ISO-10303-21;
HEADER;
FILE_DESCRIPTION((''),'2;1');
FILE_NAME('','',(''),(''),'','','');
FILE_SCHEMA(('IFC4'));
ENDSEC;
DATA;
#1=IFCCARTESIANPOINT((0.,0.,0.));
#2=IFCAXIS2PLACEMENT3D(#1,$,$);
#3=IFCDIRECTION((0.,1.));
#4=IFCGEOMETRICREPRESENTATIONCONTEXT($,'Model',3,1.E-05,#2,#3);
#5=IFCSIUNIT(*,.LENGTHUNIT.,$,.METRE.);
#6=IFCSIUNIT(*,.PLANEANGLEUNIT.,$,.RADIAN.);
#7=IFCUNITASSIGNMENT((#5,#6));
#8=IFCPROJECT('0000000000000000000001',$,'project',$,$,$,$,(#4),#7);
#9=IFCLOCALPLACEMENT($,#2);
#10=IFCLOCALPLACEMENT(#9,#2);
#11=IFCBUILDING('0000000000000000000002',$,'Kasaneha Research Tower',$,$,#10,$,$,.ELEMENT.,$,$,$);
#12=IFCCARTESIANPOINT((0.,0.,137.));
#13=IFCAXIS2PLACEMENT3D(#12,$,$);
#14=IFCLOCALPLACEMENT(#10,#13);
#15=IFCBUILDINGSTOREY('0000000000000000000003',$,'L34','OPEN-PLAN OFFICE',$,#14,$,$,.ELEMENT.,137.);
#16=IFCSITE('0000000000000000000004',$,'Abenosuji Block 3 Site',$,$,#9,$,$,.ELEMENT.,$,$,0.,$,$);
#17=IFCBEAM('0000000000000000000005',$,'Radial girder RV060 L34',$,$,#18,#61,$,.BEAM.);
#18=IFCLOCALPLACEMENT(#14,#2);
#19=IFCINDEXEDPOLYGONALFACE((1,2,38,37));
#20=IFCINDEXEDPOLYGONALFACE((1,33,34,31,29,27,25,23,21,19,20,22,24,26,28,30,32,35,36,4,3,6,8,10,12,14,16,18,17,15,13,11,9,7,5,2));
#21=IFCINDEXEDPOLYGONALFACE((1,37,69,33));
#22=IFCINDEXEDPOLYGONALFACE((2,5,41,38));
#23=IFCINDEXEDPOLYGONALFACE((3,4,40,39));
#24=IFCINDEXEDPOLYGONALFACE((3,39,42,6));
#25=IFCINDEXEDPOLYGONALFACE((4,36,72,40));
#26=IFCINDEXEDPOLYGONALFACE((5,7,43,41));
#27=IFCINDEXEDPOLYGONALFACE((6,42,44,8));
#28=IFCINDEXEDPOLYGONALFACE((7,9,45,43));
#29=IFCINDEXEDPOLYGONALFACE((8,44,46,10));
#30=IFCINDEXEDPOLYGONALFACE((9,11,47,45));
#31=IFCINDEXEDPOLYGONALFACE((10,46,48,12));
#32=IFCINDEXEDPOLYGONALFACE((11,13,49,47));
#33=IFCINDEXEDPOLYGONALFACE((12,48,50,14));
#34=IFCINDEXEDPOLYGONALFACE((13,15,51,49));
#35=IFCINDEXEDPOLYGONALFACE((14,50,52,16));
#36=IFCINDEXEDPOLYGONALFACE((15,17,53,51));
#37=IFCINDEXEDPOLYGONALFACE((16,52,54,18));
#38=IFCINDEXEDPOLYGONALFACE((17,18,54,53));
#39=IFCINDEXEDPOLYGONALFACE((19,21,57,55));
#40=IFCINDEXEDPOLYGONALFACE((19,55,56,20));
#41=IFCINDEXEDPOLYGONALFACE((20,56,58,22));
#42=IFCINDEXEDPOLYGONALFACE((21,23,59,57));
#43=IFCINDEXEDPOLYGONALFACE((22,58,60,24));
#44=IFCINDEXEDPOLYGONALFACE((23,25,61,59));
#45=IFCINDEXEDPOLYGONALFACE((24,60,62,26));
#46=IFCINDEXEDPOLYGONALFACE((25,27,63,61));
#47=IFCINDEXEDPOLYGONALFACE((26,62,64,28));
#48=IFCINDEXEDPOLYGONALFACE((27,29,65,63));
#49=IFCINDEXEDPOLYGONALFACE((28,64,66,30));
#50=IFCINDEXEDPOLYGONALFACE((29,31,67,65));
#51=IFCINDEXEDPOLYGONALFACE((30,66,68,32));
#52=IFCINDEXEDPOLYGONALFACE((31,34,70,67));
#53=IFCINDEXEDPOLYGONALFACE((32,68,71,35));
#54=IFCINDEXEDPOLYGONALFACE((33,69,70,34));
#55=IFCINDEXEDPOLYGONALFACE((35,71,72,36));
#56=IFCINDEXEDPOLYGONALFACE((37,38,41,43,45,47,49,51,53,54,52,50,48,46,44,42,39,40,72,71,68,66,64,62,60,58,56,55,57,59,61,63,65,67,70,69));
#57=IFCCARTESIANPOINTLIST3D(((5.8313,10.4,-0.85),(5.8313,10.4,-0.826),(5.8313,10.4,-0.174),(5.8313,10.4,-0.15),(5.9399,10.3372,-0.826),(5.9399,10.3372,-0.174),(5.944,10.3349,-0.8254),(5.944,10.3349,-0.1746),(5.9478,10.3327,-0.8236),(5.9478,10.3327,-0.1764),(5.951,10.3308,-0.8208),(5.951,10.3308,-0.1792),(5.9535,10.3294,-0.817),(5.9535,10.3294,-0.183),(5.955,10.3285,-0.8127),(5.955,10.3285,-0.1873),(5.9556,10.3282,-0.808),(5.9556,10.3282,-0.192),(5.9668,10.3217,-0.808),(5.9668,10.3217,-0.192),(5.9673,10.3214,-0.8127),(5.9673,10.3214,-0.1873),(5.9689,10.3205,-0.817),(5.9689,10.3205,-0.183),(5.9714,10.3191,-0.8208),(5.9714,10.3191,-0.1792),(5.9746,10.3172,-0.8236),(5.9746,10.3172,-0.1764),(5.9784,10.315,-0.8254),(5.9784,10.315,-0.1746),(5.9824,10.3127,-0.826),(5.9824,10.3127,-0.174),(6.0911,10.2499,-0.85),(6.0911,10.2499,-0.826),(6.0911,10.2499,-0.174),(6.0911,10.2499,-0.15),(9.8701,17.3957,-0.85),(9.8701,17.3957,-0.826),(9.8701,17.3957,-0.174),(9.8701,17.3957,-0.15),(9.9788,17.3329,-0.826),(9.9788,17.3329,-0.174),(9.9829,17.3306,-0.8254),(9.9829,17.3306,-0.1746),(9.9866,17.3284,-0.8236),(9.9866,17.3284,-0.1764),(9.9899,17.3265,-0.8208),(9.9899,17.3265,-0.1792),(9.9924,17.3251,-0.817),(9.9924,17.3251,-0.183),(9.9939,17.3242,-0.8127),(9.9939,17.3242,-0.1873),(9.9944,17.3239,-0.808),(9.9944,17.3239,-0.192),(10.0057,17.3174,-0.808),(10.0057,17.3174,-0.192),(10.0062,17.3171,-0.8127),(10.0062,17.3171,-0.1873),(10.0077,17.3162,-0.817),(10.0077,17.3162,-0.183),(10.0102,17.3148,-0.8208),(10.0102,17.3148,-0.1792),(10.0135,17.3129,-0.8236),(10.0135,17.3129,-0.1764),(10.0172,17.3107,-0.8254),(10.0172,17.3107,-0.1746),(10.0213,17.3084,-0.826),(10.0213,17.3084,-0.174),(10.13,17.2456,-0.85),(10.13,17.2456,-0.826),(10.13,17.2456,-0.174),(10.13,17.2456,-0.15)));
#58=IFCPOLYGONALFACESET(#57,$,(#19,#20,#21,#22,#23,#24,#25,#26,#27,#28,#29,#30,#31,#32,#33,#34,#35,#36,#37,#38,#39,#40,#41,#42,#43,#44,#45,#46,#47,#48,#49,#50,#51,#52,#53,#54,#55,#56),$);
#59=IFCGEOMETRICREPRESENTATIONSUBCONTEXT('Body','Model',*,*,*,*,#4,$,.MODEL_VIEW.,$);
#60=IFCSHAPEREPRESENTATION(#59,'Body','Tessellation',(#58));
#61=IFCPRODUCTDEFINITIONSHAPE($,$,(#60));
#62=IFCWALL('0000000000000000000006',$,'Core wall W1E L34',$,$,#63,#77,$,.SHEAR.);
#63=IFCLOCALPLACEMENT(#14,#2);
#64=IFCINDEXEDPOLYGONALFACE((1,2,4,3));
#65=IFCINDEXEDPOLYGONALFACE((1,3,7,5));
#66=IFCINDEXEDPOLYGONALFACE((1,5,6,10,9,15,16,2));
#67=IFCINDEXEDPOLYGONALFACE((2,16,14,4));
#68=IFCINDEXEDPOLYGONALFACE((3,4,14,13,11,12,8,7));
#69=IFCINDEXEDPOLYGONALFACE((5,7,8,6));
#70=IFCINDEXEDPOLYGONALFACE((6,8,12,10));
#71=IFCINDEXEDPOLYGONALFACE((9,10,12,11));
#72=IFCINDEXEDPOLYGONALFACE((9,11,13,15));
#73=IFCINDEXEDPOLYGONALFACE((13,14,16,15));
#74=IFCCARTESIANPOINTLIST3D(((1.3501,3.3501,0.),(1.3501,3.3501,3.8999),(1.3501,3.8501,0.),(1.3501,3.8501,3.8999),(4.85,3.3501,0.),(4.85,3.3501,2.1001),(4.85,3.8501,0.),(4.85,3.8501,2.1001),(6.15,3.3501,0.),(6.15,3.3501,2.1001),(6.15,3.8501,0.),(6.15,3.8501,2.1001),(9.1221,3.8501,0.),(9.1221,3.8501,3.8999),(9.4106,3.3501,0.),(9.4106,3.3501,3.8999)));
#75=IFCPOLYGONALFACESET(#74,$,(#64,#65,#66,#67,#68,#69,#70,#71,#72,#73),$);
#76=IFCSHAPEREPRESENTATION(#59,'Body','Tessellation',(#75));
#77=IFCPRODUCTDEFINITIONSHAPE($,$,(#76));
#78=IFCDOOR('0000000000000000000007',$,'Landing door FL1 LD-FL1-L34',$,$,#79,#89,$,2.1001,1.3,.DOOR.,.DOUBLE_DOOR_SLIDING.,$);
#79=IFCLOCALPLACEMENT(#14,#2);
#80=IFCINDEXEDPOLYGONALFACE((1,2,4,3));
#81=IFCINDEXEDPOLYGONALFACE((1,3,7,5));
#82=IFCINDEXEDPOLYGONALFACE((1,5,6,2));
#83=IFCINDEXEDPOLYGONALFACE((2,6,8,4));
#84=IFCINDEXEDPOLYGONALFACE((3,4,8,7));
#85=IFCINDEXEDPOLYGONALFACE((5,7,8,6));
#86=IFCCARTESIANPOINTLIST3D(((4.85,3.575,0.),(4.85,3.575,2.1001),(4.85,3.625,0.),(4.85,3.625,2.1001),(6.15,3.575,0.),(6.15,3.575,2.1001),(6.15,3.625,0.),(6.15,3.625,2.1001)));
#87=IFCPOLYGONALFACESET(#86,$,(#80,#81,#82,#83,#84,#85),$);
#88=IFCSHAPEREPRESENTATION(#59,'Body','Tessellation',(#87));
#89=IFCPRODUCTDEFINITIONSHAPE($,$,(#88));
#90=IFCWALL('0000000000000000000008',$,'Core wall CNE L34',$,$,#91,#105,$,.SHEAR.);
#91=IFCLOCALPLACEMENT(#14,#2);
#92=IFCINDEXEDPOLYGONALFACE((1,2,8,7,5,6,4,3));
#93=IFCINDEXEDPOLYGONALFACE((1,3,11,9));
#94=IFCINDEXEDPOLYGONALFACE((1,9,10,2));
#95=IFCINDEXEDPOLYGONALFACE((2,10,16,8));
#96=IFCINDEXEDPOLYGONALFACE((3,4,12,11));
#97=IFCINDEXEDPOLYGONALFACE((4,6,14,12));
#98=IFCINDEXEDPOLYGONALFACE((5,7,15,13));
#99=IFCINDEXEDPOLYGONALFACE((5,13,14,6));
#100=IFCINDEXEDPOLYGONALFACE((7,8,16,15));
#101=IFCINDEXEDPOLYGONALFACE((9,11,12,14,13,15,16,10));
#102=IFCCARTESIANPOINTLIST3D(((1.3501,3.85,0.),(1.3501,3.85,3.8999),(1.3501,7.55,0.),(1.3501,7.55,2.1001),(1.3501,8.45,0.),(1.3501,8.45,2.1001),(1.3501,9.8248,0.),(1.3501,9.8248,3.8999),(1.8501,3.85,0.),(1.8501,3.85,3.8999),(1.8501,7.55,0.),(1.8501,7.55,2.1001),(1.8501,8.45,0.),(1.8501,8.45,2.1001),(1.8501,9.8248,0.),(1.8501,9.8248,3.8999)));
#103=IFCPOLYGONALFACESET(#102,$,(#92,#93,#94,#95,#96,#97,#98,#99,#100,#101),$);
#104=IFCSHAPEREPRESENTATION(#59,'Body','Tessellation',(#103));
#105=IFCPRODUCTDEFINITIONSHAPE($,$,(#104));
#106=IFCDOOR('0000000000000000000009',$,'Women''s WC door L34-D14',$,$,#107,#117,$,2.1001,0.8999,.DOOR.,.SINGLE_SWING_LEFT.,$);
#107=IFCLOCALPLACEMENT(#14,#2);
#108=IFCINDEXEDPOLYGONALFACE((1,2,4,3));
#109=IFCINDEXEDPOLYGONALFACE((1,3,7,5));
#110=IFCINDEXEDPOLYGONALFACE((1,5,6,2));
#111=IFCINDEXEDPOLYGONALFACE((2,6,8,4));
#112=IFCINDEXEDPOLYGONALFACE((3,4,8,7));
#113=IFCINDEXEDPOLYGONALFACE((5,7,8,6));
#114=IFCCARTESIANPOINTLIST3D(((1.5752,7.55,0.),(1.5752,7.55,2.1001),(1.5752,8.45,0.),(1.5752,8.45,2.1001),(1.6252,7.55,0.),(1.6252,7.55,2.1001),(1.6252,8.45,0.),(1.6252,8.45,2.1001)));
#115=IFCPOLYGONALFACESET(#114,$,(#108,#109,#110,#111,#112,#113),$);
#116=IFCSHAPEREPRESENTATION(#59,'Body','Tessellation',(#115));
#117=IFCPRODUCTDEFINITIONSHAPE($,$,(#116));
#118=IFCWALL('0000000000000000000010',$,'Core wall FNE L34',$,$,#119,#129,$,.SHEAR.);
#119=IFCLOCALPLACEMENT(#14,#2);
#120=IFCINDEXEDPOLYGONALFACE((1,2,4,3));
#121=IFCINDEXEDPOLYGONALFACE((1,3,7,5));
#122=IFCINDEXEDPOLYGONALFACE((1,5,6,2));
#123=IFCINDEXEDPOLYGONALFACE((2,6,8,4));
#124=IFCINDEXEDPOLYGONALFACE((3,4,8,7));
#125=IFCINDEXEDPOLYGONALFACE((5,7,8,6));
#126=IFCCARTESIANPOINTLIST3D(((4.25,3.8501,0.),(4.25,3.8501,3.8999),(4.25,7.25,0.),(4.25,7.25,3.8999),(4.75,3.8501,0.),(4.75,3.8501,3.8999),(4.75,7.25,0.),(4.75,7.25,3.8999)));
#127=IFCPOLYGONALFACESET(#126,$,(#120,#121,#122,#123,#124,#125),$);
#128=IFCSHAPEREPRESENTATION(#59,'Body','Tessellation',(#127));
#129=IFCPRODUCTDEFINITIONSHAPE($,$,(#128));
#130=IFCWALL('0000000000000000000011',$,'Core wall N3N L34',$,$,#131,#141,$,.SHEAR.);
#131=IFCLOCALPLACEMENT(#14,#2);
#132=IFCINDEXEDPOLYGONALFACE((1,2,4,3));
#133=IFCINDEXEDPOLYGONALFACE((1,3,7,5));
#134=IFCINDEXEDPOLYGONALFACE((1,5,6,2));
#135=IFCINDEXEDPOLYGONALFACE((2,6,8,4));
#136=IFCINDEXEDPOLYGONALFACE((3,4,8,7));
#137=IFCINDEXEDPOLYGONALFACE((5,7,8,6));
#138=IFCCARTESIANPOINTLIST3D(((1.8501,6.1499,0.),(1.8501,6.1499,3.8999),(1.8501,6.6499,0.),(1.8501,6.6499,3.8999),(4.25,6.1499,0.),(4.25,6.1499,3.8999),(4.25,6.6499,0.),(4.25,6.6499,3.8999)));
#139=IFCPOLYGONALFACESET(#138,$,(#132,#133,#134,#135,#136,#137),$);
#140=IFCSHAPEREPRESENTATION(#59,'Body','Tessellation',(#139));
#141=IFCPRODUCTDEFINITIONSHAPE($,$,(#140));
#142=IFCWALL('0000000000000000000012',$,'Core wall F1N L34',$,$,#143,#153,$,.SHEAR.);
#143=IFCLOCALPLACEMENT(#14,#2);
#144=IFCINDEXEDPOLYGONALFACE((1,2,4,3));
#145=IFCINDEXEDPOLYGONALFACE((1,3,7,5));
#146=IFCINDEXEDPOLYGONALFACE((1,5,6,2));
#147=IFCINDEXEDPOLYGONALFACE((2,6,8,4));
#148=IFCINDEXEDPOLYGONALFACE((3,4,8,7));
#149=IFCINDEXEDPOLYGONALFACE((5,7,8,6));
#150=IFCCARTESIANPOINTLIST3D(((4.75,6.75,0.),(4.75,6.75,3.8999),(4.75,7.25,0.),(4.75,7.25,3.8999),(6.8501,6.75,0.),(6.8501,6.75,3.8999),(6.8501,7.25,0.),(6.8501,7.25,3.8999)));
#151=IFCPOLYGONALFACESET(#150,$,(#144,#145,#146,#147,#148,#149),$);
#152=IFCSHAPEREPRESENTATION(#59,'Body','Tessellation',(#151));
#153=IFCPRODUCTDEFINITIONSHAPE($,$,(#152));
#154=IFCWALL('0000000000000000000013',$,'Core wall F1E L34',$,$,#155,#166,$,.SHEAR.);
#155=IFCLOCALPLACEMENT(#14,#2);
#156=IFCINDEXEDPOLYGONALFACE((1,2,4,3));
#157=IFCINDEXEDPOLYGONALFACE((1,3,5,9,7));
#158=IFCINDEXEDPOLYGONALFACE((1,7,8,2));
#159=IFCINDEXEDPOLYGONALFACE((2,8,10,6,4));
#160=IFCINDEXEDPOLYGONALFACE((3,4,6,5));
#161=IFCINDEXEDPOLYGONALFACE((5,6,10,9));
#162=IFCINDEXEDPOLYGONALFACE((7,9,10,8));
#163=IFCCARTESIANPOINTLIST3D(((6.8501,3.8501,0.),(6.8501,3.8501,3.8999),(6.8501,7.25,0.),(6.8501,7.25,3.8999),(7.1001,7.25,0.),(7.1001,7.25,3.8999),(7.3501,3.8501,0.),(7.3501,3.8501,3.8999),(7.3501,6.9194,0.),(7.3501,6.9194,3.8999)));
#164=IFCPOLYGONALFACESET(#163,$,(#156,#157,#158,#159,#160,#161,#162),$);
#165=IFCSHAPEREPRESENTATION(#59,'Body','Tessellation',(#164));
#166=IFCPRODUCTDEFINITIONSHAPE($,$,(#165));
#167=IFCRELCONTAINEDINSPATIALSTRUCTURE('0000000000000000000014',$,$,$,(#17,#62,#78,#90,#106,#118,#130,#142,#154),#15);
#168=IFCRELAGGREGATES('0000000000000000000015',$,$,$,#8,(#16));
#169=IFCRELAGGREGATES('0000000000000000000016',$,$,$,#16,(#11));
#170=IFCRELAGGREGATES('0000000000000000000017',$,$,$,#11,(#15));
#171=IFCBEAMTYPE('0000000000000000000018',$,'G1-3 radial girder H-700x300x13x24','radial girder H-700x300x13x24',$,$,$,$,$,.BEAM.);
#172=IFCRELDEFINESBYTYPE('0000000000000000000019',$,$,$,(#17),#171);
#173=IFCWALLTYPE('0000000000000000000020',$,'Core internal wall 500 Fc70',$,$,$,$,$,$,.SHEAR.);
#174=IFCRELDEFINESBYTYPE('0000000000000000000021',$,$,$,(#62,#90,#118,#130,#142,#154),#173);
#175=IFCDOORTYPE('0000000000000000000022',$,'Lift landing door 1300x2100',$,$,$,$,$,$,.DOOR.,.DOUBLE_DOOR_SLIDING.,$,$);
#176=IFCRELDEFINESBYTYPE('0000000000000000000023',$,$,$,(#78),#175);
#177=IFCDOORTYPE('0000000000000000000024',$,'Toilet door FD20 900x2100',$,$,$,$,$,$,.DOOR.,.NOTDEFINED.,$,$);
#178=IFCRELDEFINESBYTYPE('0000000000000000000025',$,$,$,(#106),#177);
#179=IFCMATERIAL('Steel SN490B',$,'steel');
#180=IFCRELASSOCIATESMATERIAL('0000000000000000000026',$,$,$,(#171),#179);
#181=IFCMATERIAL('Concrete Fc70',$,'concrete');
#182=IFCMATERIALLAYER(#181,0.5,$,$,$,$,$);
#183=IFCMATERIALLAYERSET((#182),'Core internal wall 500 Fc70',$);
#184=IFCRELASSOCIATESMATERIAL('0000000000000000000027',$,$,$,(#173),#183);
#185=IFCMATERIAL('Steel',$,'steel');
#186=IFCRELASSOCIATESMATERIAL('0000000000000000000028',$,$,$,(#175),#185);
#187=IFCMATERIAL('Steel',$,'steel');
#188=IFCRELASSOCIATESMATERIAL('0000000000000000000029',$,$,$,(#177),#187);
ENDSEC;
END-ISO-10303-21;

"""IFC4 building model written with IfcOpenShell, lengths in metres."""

from ifc_helpers import new_model, si_unit, direction, frame, frame_2d, origin, origin_2d, place, context, subcontext, project, spatial, polyline, rectangle, i_section, outline, extrude, material, layer, layer_set, material_profile, profile_set, type_object, element, fill, save


model = new_model("IFC4")

# Units and contexts
model_context = context("Model", 3, precision=1e-05, world=origin(), true_north=direction((0.0, 1.0)))
body_context = subcontext(model_context, "Body", "Model", "MODEL_VIEW")
ifc_project = project(units=[si_unit("LENGTHUNIT", "METRE"), si_unit("PLANEANGLEUNIT", "RADIAN")], contexts=[model_context])

# Site, building, storey
site_placement = place(None, origin())
site = spatial("IfcSite", under=ifc_project, at=site_placement, Name="Abenosuji Block 3 Site", CompositionType="ELEMENT", RefElevation=0.0)
building_placement = place(site_placement, origin())
building = spatial("IfcBuilding", under=site, at=building_placement, Name="Kasaneha Research Tower", CompositionType="ELEMENT")
storey_placement = place(building_placement, frame((0.0, 0.0, 137.0)))
storey = spatial("IfcBuildingStorey", under=building, at=storey_placement, Name="L34", Description="OPEN-PLAN OFFICE", CompositionType="ELEMENT", Elevation=137.0)

# Beam
ifc_material_1 = material(Name="Steel SN490B", Category="steel")
ifc_material_profile = material_profile(ifc_material_1, i_section(OverallWidth=0.3, OverallDepth=0.7, WebThickness=0.0129, FlangeThickness=0.0239, FilletRadius=0.0181, at=origin_2d()), Name="H-700x300x13x24")
ifc_profile_set = profile_set([ifc_material_profile], Name="Steel SN490B")
beam_type = type_object("IfcBeamType", Name="G1-3 radial girder H-700x300x13x24", Description="radial girder H-700x300x13x24", PredefinedType="BEAM", material=ifc_profile_set)
beam_placement = place(storey_placement, frame((5.9612, 10.325, -0.5), z_axis=(0.499991, 0.866031, 0.0), x_axis=(-0.866031, 0.499991, 0.0)))
element("IfcBeam", 1, at=beam_placement, inside=storey, type_object=beam_type, Name="Radial girder RV060 L34", PredefinedType="BEAM", context=body_context, shape_type="SweptSolid", body=[
    extrude(i_section(OverallWidth=0.3, OverallDepth=0.7, WebThickness=0.0129, FlangeThickness=0.0239, FilletRadius=0.0181, at=origin_2d()), origin(), (0.0, 0.0, 1.0), 8.0779),
])

# Walls, openings, doors
ifc_material_2 = material(Name="Concrete Fc70", Category="concrete")
ifc_layer_1 = layer(ifc_material_2, 0.5)
ifc_layer_set_1 = layer_set([ifc_layer_1], Name="Core internal wall 500 Fc70")
wall_type_1 = type_object("IfcWallType", Name="Core internal wall 500 Fc70", PredefinedType="SHEAR", material=ifc_layer_set_1)
wall_1_placement = place(storey_placement, frame((1.3501, 3.6001, 0.0), z_axis=(0.0, 0.0, 1.0), x_axis=(1.0, 0.0, 0.0)))
wall_1 = element("IfcWall", 2, at=wall_1_placement, inside=storey, type_object=wall_type_1, Name="Core wall W1E L34", PredefinedType="SHEAR", context=body_context, shape_type="SweptSolid", body=[
    extrude(outline(polyline([(0.0, -0.25), (3.5, -0.25), (4.8, -0.25), (8.0605, -0.25), (7.772, 0.25), (4.8, 0.25), (3.5, 0.25), (0.0, 0.25), (0.0, -0.25)])), origin(), (0.0, 0.0, 1.0), 3.8999),
])
opening_1_placement = place(wall_1_placement, frame((3.5, 0.0, 0.0)))
opening_1 = element("IfcOpeningElement", 3, at=opening_1_placement, cuts=wall_1, PredefinedType="OPENING", context=body_context, shape_type="SweptSolid", body=[
    extrude(rectangle(XDim=1.3, YDim=2.1001, at=frame_2d((0.6499, 1.05))), frame((0.0, 0.26, 0.0), z_axis=(0.0, -1.0, 0.0), x_axis=(1.0, 0.0, 0.0)), (0.0, 0.0, 1.0), 0.52),
])
ifc_material_3 = material(Name="Steel", Category="steel")
door_type_1 = type_object("IfcDoorType", Name="Lift landing door 1300x2100", OperationType="DOUBLE_DOOR_SLIDING", PredefinedType="DOOR", material=ifc_material_3)
door_1_placement = place(opening_1_placement, origin())
door_1 = element("IfcDoor", 4, at=door_1_placement, inside=storey, type_object=door_type_1, Name="Landing door FL1 LD-FL1-L34", OperationType="DOUBLE_DOOR_SLIDING", OverallHeight=2.1001, OverallWidth=1.3, PredefinedType="DOOR", context=body_context, shape_type="SweptSolid", body=[
    extrude(rectangle(XDim=1.3, YDim=2.1001, at=frame_2d((0.6499, 1.05))), frame((0.0, 0.0249, 0.0), z_axis=(0.0, -1.0, 0.0), x_axis=(1.0, 0.0, 0.0)), (0.0, 0.0, 1.0), 0.05),
])
fill(opening_1, door_1)
wall_2_placement = place(storey_placement, frame((1.6001, 3.8501, 0.0), z_axis=(0.0, 0.0, 1.0), x_axis=(0.0, 1.0, 0.0)))
wall_2 = element("IfcWall", 5, at=wall_2_placement, inside=storey, type_object=wall_type_1, Name="Core wall CNE L34", PredefinedType="SHEAR", context=body_context, shape_type="SweptSolid", body=[
    extrude(rectangle(XDim=5.9749, YDim=0.5, at=frame_2d((2.9873, 0.0))), origin(), (0.0, 0.0, 1.0), 3.8999),
])
opening_2_placement = place(wall_2_placement, frame((3.7, 0.0, 0.0)))
opening_2 = element("IfcOpeningElement", 6, at=opening_2_placement, cuts=wall_2, PredefinedType="OPENING", context=body_context, shape_type="SweptSolid", body=[
    extrude(rectangle(XDim=0.8999, YDim=2.1001, at=frame_2d((0.45, 1.05))), frame((0.0, 0.26, 0.0), z_axis=(0.0, -1.0, 0.0), x_axis=(1.0, 0.0, 0.0)), (0.0, 0.0, 1.0), 0.52),
])
ifc_material_4 = material(Name="Steel", Category="steel")
door_type_2 = type_object("IfcDoorType", Name="Toilet door FD20 900x2100", OperationType="NOTDEFINED", PredefinedType="DOOR", material=ifc_material_4)
door_2_placement = place(opening_2_placement, origin())
door_2 = element("IfcDoor", 7, at=door_2_placement, inside=storey, type_object=door_type_2, Name="Women's WC door L34-D14", OperationType="SINGLE_SWING_LEFT", OverallHeight=2.1001, OverallWidth=0.8999, PredefinedType="DOOR", context=body_context, shape_type="SweptSolid", body=[
    extrude(rectangle(XDim=0.8999, YDim=2.1001, at=frame_2d((0.45, 1.05))), frame((0.0, 0.0249, 0.0), z_axis=(0.0, -1.0, 0.0), x_axis=(1.0, 0.0, 0.0)), (0.0, 0.0, 1.0), 0.05),
])
fill(opening_2, door_2)

# Walls
wall_3_placement = place(storey_placement, frame((4.5, 3.8501, 0.0), z_axis=(0.0, 0.0, 1.0), x_axis=(0.0, 1.0, 0.0)))
element("IfcWall", 8, at=wall_3_placement, inside=storey, type_object=wall_type_1, Name="Core wall FNE L34", PredefinedType="SHEAR", context=body_context, shape_type="SweptSolid", body=[
    extrude(rectangle(XDim=3.3999, YDim=0.5, at=frame_2d((1.7, 0.0))), origin(), (0.0, 0.0, 1.0), 3.8999),
])
wall_4_placement = place(storey_placement, frame((1.8501, 6.3999, 0.0), z_axis=(0.0, 0.0, 1.0), x_axis=(1.0, 0.0, 0.0)))
element("IfcWall", 9, at=wall_4_placement, inside=storey, type_object=wall_type_1, Name="Core wall N3N L34", PredefinedType="SHEAR", context=body_context, shape_type="SweptSolid", body=[
    extrude(rectangle(XDim=2.3999, YDim=0.5, at=frame_2d((1.2, 0.0))), origin(), (0.0, 0.0, 1.0), 3.8999),
])
wall_5_placement = place(storey_placement, frame((4.75, 7.0, 0.0), z_axis=(0.0, 0.0, 1.0), x_axis=(1.0, 0.0, 0.0)))
element("IfcWall", 10, at=wall_5_placement, inside=storey, type_object=wall_type_1, Name="Core wall F1N L34", PredefinedType="SHEAR", context=body_context, shape_type="SweptSolid", body=[
    extrude(rectangle(XDim=2.1001, YDim=0.5, at=frame_2d((1.05, 0.0))), origin(), (0.0, 0.0, 1.0), 3.8999),
])
wall_6_placement = place(storey_placement, frame((7.1001, 3.8501, 0.0), z_axis=(0.0, 0.0, 1.0), x_axis=(0.0, 1.0, 0.0)))
element("IfcWall", 11, at=wall_6_placement, inside=storey, type_object=wall_type_1, Name="Core wall F1E L34", PredefinedType="SHEAR", context=body_context, shape_type="SweptSolid", body=[
    extrude(outline(polyline([(0.0, -0.25), (3.0693, -0.25), (3.3999, 0.0), (3.3999, 0.25), (0.0, 0.25), (0.0, -0.25)])), origin(), (0.0, 0.0, 1.0), 3.8999),
])

save(model, "model.ifc")
